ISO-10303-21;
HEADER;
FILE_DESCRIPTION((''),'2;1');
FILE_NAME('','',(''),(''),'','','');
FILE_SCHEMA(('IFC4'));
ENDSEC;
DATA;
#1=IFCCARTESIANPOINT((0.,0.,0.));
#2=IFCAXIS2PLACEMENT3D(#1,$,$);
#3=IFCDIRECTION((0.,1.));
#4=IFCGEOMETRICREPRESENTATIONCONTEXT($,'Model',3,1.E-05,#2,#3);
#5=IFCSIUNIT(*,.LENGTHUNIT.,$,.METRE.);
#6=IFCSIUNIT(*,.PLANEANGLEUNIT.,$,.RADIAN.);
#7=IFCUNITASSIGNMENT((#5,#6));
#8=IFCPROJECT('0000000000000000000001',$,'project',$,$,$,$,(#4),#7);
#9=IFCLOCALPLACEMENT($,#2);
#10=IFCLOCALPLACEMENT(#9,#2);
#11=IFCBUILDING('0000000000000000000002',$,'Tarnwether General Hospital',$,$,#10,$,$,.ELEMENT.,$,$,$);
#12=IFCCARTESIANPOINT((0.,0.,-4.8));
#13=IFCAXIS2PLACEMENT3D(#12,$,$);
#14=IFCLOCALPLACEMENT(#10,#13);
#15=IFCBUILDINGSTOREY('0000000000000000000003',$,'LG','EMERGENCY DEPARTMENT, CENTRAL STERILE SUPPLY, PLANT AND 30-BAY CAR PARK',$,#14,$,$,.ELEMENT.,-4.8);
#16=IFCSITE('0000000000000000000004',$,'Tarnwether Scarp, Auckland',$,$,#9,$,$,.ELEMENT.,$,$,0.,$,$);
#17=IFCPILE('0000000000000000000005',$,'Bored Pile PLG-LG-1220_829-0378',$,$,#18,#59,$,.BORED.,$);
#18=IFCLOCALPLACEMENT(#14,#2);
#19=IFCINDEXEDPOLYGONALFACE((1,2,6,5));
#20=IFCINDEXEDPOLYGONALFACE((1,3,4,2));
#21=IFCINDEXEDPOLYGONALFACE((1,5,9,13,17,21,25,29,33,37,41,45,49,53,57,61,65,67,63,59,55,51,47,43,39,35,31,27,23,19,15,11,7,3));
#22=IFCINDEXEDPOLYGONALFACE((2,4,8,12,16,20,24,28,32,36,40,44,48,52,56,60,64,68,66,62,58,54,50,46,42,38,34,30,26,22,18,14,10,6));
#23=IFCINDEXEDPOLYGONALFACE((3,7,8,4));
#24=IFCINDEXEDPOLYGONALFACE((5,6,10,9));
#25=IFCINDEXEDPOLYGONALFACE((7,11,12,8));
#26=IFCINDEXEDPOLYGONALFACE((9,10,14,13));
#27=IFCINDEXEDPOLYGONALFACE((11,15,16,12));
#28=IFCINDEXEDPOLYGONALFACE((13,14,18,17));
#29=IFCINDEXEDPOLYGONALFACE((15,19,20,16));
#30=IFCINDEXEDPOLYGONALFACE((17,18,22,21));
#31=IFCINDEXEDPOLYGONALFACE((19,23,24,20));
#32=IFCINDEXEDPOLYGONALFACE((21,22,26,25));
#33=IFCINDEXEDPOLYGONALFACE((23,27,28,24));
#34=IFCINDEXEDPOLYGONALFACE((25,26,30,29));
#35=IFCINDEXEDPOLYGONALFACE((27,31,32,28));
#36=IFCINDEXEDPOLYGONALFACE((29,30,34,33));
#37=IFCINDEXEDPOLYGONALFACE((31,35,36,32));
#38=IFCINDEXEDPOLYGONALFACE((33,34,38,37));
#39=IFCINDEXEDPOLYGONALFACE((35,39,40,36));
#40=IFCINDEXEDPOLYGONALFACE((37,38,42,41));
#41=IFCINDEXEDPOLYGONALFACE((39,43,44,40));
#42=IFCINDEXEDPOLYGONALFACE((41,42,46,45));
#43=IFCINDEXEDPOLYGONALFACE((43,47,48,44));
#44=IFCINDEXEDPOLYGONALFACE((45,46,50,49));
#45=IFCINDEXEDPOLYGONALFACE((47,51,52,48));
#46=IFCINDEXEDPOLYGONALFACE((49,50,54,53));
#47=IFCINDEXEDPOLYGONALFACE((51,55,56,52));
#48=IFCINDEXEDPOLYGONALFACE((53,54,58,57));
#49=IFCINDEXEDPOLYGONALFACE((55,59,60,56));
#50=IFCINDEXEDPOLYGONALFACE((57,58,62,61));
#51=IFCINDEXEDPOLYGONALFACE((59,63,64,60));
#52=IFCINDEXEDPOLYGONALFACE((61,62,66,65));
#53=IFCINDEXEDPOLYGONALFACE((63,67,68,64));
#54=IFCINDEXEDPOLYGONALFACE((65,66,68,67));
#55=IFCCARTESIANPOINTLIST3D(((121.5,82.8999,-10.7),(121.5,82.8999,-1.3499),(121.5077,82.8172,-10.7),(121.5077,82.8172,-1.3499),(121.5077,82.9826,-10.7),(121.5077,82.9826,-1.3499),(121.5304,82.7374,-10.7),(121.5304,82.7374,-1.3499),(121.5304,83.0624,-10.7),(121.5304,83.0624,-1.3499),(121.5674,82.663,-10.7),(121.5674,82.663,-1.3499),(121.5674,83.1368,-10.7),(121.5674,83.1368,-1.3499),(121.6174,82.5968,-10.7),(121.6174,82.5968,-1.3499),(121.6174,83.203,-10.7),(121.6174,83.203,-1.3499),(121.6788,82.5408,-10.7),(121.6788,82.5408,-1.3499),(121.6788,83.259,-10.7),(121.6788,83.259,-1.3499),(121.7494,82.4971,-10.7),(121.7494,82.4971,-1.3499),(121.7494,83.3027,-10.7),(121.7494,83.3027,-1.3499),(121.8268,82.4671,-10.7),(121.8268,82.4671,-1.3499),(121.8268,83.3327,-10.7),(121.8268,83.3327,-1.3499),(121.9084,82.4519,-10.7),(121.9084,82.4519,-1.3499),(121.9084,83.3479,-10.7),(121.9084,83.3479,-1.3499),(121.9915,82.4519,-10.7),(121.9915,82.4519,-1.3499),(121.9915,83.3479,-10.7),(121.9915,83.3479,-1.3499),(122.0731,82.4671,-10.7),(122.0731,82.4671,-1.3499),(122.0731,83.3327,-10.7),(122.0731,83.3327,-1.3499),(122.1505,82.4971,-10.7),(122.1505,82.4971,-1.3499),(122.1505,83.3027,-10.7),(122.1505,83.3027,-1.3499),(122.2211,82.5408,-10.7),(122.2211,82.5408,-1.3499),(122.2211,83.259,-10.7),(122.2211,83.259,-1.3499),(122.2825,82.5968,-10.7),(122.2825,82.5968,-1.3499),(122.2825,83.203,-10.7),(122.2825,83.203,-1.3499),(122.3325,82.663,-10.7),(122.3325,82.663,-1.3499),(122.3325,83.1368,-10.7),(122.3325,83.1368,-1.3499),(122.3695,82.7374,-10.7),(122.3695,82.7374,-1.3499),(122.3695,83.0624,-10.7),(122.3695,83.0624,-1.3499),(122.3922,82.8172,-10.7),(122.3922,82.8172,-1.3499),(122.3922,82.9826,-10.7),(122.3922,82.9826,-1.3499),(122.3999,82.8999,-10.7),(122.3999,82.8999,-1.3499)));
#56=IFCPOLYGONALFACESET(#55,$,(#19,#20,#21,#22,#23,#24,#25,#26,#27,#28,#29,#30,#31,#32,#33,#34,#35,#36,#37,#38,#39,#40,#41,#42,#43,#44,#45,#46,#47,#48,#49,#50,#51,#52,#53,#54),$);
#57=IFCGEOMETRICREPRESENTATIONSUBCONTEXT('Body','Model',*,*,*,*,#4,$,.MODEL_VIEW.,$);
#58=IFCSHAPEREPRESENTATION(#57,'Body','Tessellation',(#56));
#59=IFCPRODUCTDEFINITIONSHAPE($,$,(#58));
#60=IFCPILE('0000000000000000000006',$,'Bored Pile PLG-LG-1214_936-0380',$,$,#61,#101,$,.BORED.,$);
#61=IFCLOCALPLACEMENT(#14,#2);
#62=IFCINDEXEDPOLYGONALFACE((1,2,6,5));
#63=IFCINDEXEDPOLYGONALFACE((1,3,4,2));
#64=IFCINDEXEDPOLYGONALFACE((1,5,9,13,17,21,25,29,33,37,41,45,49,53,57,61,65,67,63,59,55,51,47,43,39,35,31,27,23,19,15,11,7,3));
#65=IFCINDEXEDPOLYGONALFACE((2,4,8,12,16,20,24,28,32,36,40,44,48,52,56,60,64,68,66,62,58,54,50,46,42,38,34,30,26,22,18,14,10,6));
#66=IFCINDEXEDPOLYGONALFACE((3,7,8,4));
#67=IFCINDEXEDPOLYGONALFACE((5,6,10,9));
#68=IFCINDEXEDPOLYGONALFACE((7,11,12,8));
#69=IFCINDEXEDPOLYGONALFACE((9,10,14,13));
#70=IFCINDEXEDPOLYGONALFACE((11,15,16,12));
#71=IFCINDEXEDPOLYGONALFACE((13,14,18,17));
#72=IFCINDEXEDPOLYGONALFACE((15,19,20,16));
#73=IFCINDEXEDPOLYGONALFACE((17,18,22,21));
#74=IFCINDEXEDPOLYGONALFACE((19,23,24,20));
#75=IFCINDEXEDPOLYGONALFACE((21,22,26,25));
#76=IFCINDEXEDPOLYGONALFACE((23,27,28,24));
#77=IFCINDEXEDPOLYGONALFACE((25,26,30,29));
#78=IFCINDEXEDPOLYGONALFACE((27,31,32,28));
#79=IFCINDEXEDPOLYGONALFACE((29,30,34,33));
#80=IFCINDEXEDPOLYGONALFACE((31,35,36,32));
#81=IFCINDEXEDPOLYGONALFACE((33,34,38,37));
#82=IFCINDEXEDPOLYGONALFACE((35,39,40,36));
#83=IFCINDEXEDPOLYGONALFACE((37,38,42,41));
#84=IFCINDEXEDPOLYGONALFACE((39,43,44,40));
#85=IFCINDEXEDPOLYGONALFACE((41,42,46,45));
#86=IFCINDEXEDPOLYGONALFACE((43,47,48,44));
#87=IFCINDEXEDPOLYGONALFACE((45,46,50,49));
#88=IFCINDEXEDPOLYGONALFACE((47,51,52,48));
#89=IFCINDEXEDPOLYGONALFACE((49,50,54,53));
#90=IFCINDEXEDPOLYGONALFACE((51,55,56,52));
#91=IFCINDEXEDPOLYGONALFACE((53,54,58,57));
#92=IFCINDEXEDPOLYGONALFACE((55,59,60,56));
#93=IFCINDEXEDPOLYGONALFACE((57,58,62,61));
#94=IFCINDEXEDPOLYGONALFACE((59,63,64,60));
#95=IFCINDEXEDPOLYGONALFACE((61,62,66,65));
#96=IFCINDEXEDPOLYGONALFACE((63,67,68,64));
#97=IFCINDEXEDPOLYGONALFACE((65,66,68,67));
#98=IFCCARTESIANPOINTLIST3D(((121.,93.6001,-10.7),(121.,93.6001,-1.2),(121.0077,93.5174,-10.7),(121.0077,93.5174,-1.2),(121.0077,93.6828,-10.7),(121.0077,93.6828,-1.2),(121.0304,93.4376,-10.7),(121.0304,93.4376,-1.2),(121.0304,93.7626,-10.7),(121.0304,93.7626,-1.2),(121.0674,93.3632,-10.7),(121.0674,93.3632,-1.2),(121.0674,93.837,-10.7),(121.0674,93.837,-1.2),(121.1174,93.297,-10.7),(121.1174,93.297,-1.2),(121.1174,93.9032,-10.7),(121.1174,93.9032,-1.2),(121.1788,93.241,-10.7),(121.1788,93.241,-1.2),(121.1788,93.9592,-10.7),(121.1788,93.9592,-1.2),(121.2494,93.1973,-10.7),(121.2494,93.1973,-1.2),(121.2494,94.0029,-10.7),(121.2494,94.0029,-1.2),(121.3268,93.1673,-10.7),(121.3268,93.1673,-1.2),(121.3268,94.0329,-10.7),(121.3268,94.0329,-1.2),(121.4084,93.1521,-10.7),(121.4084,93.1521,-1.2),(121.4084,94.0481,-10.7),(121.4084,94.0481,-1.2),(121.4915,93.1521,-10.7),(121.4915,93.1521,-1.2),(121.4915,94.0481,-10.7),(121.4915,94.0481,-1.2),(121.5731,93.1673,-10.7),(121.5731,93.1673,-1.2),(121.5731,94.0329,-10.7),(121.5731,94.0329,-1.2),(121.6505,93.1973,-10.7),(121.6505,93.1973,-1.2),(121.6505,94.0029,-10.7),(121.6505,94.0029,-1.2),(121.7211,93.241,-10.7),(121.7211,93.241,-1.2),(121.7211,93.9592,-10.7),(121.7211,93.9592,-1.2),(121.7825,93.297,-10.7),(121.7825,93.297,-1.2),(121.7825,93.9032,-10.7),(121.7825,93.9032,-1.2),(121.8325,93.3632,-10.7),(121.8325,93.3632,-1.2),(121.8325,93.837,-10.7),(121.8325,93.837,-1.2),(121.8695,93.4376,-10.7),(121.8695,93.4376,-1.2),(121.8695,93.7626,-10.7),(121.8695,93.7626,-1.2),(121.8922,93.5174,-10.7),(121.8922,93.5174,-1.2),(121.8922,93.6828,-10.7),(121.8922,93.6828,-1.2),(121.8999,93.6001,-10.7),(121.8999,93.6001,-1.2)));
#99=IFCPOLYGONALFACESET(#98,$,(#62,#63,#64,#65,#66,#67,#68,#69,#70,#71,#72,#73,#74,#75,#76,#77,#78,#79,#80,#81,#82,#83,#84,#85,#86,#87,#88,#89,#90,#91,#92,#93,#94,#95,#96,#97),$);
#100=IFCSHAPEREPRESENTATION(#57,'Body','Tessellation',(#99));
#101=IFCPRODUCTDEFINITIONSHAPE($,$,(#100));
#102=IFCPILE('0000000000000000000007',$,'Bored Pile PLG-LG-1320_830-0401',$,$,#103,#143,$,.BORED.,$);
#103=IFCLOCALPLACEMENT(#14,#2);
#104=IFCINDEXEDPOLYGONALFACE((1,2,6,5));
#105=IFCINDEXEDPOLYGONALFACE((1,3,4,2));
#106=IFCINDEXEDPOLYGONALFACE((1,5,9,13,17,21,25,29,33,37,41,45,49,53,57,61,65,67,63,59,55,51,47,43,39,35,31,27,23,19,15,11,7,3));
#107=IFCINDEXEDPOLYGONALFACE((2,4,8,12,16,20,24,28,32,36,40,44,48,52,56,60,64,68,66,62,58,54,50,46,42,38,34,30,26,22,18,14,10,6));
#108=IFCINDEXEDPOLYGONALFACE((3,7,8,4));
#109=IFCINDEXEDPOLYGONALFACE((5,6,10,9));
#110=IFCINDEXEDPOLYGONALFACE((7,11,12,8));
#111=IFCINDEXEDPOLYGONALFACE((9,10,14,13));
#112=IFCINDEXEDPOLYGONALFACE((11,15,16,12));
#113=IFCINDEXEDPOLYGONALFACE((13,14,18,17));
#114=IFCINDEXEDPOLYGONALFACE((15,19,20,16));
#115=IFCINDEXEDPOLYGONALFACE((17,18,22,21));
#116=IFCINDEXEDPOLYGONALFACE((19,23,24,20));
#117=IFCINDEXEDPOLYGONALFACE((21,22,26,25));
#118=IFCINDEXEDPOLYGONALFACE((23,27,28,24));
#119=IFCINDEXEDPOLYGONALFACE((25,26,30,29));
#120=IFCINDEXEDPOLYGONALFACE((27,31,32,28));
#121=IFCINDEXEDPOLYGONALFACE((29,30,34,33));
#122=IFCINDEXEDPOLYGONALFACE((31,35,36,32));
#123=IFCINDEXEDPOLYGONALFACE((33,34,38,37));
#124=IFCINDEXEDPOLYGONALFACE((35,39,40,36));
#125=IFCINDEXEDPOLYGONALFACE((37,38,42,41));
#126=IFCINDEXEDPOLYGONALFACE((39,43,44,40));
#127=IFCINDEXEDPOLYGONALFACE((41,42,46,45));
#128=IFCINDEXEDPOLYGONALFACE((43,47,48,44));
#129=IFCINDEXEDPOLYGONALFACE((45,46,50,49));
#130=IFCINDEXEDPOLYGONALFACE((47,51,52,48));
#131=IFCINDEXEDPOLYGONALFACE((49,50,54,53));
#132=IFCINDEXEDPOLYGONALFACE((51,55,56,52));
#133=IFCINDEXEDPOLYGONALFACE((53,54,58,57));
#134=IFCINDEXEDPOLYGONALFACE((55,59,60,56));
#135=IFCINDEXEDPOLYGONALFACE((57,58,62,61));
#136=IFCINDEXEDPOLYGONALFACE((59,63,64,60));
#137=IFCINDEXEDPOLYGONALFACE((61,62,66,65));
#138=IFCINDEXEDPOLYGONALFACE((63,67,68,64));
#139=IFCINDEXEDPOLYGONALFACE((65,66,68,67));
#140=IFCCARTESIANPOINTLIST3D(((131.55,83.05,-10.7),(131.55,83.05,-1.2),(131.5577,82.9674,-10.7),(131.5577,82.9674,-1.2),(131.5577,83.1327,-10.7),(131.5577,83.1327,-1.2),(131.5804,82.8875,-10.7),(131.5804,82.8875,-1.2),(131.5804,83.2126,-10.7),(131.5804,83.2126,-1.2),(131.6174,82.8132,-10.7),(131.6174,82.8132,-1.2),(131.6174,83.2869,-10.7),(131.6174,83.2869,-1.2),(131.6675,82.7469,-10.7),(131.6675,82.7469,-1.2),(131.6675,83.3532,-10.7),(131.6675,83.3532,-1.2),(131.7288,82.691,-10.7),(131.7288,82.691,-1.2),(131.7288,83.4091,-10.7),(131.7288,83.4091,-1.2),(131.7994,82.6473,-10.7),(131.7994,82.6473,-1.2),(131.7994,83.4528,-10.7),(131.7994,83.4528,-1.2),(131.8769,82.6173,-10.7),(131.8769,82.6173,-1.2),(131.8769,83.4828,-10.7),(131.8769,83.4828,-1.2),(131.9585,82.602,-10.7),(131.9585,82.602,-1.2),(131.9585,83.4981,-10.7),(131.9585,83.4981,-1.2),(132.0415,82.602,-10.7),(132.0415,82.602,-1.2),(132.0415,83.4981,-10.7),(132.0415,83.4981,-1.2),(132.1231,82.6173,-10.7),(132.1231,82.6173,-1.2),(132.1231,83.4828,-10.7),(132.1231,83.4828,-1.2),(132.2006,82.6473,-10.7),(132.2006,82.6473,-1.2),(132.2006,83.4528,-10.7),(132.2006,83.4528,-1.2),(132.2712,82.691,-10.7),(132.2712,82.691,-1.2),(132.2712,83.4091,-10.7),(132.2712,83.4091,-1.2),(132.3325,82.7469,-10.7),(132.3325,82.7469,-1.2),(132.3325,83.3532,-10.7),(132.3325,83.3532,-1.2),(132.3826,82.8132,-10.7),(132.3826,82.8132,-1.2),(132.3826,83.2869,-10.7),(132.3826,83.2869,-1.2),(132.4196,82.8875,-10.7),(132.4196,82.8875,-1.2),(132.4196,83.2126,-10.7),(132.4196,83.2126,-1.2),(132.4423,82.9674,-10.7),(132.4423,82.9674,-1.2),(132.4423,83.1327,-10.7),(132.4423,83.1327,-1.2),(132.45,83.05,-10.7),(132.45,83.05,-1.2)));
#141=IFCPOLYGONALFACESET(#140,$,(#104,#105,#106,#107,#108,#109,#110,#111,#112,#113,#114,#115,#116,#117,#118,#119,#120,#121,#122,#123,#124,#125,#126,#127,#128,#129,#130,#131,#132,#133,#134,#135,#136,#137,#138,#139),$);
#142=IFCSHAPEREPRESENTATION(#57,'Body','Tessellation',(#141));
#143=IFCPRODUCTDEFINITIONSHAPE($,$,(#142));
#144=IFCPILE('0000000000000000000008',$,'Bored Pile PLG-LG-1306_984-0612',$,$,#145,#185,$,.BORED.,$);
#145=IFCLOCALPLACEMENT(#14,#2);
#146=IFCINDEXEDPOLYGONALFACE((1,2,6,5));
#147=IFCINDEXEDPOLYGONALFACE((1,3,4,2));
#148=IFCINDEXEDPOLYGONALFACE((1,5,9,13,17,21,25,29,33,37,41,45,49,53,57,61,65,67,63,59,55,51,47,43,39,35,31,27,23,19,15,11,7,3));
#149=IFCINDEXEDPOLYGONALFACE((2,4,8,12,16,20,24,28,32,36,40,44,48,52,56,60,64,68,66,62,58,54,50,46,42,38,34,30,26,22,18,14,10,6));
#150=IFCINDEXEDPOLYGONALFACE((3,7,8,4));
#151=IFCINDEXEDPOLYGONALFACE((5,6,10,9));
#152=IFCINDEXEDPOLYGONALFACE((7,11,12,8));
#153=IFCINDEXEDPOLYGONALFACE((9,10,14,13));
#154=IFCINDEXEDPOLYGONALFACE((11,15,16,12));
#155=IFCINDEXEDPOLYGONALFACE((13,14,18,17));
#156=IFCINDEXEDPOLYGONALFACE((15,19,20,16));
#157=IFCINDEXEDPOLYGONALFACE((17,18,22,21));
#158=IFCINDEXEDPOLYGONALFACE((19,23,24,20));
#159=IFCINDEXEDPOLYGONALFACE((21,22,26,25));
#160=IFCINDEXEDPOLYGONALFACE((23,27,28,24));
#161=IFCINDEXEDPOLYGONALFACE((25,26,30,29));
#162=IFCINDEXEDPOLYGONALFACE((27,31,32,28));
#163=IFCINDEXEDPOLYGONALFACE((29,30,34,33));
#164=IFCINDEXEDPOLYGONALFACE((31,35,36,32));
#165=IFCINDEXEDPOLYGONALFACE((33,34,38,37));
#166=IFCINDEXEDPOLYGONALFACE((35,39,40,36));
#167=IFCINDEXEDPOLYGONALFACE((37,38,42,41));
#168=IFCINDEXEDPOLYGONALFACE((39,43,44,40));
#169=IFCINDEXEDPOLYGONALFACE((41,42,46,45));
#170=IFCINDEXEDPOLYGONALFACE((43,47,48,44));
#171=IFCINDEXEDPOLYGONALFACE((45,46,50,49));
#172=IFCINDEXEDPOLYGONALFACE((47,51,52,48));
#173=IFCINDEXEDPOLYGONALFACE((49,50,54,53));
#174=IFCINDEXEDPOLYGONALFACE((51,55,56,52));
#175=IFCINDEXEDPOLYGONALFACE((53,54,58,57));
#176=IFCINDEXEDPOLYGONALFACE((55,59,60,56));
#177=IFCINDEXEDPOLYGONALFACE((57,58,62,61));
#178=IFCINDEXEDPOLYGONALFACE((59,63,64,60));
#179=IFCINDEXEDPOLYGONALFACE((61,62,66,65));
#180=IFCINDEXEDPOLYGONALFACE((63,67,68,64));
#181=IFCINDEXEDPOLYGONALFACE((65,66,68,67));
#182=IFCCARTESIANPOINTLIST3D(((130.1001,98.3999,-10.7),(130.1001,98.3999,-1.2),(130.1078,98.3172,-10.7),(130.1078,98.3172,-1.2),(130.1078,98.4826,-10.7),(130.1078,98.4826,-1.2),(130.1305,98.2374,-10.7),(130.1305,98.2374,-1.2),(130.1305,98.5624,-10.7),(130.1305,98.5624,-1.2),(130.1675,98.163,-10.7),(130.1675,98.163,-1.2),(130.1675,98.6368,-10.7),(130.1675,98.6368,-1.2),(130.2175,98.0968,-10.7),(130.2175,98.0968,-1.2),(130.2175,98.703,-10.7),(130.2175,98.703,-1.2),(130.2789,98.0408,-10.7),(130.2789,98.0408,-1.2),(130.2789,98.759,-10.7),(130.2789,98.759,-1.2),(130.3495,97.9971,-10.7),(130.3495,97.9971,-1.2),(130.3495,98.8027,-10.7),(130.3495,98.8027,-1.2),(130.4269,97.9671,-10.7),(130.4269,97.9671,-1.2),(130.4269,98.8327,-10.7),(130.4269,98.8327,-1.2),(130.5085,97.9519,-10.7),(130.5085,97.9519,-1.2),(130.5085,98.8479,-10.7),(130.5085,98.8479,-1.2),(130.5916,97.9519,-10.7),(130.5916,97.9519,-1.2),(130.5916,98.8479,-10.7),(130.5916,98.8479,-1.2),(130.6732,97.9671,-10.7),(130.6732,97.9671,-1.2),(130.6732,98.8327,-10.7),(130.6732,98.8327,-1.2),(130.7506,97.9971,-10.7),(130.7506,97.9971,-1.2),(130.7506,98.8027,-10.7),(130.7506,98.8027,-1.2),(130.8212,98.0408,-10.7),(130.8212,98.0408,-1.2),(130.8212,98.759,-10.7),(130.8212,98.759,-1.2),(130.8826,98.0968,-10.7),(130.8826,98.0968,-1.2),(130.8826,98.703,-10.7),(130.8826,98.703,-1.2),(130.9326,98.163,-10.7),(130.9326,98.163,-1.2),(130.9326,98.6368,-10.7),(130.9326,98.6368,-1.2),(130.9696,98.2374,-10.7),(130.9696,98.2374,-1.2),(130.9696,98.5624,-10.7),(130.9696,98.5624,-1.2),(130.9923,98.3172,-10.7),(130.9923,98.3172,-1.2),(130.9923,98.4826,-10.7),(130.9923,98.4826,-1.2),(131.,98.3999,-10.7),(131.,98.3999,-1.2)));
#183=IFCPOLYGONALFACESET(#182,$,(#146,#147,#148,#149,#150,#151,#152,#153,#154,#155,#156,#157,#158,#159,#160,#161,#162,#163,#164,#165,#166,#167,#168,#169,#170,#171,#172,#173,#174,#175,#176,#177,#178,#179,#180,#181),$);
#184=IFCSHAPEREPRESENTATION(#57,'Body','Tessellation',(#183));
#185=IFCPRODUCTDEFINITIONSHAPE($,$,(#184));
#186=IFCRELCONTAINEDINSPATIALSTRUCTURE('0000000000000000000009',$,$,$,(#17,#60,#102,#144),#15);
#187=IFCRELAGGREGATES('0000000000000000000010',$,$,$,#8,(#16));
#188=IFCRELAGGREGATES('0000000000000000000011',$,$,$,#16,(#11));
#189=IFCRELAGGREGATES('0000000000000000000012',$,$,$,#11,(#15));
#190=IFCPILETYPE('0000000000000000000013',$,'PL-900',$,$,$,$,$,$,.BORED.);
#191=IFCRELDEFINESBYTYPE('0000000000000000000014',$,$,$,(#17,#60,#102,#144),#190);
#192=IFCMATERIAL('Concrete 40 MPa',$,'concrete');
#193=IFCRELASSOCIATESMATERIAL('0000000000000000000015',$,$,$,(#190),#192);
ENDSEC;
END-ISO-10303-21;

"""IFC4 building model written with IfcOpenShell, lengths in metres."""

from ifc_helpers import new_model, si_unit, direction, frame, origin, origin_2d, place, context, subcontext, project, spatial, circle, extrude, material, material_profile, profile_set, type_object, element, save


model = new_model("IFC4")

# Units and contexts
model_context = context("Model", 3, precision=1e-05, world=origin(), true_north=direction((0.0, 1.0)))
body_context = subcontext(model_context, "Body", "Model", "MODEL_VIEW")
ifc_project = project(units=[si_unit("LENGTHUNIT", "METRE"), si_unit("PLANEANGLEUNIT", "RADIAN")], contexts=[model_context])

# Site, building, storey
site_placement = place(None, origin())
site = spatial("IfcSite", under=ifc_project, at=site_placement, Name="Tarnwether Scarp, Auckland", CompositionType="ELEMENT", RefElevation=0.0)
building_placement = place(site_placement, origin())
building = spatial("IfcBuilding", under=site, at=building_placement, Name="Tarnwether General Hospital", CompositionType="ELEMENT")
storey_placement = place(building_placement, frame((0.0, 0.0, -4.8)))
storey = spatial("IfcBuildingStorey", under=building, at=storey_placement, Name="LG", Description="EMERGENCY DEPARTMENT, CENTRAL STERILE SUPPLY, PLANT AND 30-BAY CAR PARK", CompositionType="ELEMENT", Elevation=-4.8)

# Piles
ifc_material_1 = material(Name="Concrete 40 MPa", Category="concrete")
ifc_material_profile_1 = material_profile(ifc_material_1, circle(Radius=0.45, at=origin_2d()), Name="PILE-D900")
ifc_profile_set_1 = profile_set([ifc_material_profile_1], Name="Concrete 40 MPa")
pile_type_1 = type_object("IfcPileType", Name="PL-900", PredefinedType="BORED", material=ifc_profile_set_1)
pile_1_placement = place(storey_placement, frame((121.95, 82.8999, -1.3499), z_axis=(0.0, 0.0, -1.0), x_axis=(1.0, 0.0, 0.0)))
element("IfcPile", 1, at=pile_1_placement, inside=storey, type_object=pile_type_1, Name="Bored Pile PLG-LG-1220_829-0378", PredefinedType="BORED", context=body_context, shape_type="SweptSolid", body=[
    extrude(circle(Radius=0.45, at=origin_2d()), origin(), (0.0, 0.0, 1.0), 9.3501),
])
for number, where, z_axis, x_axis, name in (
    (2, (121.45, 93.6001, -1.2), (0.0, 0.0, -1.0), (1.0, 0.0, 0.0), "Bored Pile PLG-LG-1214_936-0380"),
    (3, (132.0, 83.05, -1.2), (0.0, 0.0, -1.0), (1.0, 0.0, 0.0), "Bored Pile PLG-LG-1320_830-0401"),
    (4, (130.55, 98.3999, -1.2), (0.0, 0.0, -1.0), (1.0, 0.0, 0.0), "Bored Pile PLG-LG-1306_984-0612"),
):
    element("IfcPile", number, at=place(storey_placement, frame(where, z_axis=z_axis, x_axis=x_axis)), inside=storey, type_object=pile_type_1, Name=name, PredefinedType="BORED", context=body_context, shape_type="SweptSolid", body=[
        extrude(circle(Radius=0.45, at=origin_2d()), origin(), (0.0, 0.0, 1.0), 9.5),
    ])

save(model, "model.ifc")
